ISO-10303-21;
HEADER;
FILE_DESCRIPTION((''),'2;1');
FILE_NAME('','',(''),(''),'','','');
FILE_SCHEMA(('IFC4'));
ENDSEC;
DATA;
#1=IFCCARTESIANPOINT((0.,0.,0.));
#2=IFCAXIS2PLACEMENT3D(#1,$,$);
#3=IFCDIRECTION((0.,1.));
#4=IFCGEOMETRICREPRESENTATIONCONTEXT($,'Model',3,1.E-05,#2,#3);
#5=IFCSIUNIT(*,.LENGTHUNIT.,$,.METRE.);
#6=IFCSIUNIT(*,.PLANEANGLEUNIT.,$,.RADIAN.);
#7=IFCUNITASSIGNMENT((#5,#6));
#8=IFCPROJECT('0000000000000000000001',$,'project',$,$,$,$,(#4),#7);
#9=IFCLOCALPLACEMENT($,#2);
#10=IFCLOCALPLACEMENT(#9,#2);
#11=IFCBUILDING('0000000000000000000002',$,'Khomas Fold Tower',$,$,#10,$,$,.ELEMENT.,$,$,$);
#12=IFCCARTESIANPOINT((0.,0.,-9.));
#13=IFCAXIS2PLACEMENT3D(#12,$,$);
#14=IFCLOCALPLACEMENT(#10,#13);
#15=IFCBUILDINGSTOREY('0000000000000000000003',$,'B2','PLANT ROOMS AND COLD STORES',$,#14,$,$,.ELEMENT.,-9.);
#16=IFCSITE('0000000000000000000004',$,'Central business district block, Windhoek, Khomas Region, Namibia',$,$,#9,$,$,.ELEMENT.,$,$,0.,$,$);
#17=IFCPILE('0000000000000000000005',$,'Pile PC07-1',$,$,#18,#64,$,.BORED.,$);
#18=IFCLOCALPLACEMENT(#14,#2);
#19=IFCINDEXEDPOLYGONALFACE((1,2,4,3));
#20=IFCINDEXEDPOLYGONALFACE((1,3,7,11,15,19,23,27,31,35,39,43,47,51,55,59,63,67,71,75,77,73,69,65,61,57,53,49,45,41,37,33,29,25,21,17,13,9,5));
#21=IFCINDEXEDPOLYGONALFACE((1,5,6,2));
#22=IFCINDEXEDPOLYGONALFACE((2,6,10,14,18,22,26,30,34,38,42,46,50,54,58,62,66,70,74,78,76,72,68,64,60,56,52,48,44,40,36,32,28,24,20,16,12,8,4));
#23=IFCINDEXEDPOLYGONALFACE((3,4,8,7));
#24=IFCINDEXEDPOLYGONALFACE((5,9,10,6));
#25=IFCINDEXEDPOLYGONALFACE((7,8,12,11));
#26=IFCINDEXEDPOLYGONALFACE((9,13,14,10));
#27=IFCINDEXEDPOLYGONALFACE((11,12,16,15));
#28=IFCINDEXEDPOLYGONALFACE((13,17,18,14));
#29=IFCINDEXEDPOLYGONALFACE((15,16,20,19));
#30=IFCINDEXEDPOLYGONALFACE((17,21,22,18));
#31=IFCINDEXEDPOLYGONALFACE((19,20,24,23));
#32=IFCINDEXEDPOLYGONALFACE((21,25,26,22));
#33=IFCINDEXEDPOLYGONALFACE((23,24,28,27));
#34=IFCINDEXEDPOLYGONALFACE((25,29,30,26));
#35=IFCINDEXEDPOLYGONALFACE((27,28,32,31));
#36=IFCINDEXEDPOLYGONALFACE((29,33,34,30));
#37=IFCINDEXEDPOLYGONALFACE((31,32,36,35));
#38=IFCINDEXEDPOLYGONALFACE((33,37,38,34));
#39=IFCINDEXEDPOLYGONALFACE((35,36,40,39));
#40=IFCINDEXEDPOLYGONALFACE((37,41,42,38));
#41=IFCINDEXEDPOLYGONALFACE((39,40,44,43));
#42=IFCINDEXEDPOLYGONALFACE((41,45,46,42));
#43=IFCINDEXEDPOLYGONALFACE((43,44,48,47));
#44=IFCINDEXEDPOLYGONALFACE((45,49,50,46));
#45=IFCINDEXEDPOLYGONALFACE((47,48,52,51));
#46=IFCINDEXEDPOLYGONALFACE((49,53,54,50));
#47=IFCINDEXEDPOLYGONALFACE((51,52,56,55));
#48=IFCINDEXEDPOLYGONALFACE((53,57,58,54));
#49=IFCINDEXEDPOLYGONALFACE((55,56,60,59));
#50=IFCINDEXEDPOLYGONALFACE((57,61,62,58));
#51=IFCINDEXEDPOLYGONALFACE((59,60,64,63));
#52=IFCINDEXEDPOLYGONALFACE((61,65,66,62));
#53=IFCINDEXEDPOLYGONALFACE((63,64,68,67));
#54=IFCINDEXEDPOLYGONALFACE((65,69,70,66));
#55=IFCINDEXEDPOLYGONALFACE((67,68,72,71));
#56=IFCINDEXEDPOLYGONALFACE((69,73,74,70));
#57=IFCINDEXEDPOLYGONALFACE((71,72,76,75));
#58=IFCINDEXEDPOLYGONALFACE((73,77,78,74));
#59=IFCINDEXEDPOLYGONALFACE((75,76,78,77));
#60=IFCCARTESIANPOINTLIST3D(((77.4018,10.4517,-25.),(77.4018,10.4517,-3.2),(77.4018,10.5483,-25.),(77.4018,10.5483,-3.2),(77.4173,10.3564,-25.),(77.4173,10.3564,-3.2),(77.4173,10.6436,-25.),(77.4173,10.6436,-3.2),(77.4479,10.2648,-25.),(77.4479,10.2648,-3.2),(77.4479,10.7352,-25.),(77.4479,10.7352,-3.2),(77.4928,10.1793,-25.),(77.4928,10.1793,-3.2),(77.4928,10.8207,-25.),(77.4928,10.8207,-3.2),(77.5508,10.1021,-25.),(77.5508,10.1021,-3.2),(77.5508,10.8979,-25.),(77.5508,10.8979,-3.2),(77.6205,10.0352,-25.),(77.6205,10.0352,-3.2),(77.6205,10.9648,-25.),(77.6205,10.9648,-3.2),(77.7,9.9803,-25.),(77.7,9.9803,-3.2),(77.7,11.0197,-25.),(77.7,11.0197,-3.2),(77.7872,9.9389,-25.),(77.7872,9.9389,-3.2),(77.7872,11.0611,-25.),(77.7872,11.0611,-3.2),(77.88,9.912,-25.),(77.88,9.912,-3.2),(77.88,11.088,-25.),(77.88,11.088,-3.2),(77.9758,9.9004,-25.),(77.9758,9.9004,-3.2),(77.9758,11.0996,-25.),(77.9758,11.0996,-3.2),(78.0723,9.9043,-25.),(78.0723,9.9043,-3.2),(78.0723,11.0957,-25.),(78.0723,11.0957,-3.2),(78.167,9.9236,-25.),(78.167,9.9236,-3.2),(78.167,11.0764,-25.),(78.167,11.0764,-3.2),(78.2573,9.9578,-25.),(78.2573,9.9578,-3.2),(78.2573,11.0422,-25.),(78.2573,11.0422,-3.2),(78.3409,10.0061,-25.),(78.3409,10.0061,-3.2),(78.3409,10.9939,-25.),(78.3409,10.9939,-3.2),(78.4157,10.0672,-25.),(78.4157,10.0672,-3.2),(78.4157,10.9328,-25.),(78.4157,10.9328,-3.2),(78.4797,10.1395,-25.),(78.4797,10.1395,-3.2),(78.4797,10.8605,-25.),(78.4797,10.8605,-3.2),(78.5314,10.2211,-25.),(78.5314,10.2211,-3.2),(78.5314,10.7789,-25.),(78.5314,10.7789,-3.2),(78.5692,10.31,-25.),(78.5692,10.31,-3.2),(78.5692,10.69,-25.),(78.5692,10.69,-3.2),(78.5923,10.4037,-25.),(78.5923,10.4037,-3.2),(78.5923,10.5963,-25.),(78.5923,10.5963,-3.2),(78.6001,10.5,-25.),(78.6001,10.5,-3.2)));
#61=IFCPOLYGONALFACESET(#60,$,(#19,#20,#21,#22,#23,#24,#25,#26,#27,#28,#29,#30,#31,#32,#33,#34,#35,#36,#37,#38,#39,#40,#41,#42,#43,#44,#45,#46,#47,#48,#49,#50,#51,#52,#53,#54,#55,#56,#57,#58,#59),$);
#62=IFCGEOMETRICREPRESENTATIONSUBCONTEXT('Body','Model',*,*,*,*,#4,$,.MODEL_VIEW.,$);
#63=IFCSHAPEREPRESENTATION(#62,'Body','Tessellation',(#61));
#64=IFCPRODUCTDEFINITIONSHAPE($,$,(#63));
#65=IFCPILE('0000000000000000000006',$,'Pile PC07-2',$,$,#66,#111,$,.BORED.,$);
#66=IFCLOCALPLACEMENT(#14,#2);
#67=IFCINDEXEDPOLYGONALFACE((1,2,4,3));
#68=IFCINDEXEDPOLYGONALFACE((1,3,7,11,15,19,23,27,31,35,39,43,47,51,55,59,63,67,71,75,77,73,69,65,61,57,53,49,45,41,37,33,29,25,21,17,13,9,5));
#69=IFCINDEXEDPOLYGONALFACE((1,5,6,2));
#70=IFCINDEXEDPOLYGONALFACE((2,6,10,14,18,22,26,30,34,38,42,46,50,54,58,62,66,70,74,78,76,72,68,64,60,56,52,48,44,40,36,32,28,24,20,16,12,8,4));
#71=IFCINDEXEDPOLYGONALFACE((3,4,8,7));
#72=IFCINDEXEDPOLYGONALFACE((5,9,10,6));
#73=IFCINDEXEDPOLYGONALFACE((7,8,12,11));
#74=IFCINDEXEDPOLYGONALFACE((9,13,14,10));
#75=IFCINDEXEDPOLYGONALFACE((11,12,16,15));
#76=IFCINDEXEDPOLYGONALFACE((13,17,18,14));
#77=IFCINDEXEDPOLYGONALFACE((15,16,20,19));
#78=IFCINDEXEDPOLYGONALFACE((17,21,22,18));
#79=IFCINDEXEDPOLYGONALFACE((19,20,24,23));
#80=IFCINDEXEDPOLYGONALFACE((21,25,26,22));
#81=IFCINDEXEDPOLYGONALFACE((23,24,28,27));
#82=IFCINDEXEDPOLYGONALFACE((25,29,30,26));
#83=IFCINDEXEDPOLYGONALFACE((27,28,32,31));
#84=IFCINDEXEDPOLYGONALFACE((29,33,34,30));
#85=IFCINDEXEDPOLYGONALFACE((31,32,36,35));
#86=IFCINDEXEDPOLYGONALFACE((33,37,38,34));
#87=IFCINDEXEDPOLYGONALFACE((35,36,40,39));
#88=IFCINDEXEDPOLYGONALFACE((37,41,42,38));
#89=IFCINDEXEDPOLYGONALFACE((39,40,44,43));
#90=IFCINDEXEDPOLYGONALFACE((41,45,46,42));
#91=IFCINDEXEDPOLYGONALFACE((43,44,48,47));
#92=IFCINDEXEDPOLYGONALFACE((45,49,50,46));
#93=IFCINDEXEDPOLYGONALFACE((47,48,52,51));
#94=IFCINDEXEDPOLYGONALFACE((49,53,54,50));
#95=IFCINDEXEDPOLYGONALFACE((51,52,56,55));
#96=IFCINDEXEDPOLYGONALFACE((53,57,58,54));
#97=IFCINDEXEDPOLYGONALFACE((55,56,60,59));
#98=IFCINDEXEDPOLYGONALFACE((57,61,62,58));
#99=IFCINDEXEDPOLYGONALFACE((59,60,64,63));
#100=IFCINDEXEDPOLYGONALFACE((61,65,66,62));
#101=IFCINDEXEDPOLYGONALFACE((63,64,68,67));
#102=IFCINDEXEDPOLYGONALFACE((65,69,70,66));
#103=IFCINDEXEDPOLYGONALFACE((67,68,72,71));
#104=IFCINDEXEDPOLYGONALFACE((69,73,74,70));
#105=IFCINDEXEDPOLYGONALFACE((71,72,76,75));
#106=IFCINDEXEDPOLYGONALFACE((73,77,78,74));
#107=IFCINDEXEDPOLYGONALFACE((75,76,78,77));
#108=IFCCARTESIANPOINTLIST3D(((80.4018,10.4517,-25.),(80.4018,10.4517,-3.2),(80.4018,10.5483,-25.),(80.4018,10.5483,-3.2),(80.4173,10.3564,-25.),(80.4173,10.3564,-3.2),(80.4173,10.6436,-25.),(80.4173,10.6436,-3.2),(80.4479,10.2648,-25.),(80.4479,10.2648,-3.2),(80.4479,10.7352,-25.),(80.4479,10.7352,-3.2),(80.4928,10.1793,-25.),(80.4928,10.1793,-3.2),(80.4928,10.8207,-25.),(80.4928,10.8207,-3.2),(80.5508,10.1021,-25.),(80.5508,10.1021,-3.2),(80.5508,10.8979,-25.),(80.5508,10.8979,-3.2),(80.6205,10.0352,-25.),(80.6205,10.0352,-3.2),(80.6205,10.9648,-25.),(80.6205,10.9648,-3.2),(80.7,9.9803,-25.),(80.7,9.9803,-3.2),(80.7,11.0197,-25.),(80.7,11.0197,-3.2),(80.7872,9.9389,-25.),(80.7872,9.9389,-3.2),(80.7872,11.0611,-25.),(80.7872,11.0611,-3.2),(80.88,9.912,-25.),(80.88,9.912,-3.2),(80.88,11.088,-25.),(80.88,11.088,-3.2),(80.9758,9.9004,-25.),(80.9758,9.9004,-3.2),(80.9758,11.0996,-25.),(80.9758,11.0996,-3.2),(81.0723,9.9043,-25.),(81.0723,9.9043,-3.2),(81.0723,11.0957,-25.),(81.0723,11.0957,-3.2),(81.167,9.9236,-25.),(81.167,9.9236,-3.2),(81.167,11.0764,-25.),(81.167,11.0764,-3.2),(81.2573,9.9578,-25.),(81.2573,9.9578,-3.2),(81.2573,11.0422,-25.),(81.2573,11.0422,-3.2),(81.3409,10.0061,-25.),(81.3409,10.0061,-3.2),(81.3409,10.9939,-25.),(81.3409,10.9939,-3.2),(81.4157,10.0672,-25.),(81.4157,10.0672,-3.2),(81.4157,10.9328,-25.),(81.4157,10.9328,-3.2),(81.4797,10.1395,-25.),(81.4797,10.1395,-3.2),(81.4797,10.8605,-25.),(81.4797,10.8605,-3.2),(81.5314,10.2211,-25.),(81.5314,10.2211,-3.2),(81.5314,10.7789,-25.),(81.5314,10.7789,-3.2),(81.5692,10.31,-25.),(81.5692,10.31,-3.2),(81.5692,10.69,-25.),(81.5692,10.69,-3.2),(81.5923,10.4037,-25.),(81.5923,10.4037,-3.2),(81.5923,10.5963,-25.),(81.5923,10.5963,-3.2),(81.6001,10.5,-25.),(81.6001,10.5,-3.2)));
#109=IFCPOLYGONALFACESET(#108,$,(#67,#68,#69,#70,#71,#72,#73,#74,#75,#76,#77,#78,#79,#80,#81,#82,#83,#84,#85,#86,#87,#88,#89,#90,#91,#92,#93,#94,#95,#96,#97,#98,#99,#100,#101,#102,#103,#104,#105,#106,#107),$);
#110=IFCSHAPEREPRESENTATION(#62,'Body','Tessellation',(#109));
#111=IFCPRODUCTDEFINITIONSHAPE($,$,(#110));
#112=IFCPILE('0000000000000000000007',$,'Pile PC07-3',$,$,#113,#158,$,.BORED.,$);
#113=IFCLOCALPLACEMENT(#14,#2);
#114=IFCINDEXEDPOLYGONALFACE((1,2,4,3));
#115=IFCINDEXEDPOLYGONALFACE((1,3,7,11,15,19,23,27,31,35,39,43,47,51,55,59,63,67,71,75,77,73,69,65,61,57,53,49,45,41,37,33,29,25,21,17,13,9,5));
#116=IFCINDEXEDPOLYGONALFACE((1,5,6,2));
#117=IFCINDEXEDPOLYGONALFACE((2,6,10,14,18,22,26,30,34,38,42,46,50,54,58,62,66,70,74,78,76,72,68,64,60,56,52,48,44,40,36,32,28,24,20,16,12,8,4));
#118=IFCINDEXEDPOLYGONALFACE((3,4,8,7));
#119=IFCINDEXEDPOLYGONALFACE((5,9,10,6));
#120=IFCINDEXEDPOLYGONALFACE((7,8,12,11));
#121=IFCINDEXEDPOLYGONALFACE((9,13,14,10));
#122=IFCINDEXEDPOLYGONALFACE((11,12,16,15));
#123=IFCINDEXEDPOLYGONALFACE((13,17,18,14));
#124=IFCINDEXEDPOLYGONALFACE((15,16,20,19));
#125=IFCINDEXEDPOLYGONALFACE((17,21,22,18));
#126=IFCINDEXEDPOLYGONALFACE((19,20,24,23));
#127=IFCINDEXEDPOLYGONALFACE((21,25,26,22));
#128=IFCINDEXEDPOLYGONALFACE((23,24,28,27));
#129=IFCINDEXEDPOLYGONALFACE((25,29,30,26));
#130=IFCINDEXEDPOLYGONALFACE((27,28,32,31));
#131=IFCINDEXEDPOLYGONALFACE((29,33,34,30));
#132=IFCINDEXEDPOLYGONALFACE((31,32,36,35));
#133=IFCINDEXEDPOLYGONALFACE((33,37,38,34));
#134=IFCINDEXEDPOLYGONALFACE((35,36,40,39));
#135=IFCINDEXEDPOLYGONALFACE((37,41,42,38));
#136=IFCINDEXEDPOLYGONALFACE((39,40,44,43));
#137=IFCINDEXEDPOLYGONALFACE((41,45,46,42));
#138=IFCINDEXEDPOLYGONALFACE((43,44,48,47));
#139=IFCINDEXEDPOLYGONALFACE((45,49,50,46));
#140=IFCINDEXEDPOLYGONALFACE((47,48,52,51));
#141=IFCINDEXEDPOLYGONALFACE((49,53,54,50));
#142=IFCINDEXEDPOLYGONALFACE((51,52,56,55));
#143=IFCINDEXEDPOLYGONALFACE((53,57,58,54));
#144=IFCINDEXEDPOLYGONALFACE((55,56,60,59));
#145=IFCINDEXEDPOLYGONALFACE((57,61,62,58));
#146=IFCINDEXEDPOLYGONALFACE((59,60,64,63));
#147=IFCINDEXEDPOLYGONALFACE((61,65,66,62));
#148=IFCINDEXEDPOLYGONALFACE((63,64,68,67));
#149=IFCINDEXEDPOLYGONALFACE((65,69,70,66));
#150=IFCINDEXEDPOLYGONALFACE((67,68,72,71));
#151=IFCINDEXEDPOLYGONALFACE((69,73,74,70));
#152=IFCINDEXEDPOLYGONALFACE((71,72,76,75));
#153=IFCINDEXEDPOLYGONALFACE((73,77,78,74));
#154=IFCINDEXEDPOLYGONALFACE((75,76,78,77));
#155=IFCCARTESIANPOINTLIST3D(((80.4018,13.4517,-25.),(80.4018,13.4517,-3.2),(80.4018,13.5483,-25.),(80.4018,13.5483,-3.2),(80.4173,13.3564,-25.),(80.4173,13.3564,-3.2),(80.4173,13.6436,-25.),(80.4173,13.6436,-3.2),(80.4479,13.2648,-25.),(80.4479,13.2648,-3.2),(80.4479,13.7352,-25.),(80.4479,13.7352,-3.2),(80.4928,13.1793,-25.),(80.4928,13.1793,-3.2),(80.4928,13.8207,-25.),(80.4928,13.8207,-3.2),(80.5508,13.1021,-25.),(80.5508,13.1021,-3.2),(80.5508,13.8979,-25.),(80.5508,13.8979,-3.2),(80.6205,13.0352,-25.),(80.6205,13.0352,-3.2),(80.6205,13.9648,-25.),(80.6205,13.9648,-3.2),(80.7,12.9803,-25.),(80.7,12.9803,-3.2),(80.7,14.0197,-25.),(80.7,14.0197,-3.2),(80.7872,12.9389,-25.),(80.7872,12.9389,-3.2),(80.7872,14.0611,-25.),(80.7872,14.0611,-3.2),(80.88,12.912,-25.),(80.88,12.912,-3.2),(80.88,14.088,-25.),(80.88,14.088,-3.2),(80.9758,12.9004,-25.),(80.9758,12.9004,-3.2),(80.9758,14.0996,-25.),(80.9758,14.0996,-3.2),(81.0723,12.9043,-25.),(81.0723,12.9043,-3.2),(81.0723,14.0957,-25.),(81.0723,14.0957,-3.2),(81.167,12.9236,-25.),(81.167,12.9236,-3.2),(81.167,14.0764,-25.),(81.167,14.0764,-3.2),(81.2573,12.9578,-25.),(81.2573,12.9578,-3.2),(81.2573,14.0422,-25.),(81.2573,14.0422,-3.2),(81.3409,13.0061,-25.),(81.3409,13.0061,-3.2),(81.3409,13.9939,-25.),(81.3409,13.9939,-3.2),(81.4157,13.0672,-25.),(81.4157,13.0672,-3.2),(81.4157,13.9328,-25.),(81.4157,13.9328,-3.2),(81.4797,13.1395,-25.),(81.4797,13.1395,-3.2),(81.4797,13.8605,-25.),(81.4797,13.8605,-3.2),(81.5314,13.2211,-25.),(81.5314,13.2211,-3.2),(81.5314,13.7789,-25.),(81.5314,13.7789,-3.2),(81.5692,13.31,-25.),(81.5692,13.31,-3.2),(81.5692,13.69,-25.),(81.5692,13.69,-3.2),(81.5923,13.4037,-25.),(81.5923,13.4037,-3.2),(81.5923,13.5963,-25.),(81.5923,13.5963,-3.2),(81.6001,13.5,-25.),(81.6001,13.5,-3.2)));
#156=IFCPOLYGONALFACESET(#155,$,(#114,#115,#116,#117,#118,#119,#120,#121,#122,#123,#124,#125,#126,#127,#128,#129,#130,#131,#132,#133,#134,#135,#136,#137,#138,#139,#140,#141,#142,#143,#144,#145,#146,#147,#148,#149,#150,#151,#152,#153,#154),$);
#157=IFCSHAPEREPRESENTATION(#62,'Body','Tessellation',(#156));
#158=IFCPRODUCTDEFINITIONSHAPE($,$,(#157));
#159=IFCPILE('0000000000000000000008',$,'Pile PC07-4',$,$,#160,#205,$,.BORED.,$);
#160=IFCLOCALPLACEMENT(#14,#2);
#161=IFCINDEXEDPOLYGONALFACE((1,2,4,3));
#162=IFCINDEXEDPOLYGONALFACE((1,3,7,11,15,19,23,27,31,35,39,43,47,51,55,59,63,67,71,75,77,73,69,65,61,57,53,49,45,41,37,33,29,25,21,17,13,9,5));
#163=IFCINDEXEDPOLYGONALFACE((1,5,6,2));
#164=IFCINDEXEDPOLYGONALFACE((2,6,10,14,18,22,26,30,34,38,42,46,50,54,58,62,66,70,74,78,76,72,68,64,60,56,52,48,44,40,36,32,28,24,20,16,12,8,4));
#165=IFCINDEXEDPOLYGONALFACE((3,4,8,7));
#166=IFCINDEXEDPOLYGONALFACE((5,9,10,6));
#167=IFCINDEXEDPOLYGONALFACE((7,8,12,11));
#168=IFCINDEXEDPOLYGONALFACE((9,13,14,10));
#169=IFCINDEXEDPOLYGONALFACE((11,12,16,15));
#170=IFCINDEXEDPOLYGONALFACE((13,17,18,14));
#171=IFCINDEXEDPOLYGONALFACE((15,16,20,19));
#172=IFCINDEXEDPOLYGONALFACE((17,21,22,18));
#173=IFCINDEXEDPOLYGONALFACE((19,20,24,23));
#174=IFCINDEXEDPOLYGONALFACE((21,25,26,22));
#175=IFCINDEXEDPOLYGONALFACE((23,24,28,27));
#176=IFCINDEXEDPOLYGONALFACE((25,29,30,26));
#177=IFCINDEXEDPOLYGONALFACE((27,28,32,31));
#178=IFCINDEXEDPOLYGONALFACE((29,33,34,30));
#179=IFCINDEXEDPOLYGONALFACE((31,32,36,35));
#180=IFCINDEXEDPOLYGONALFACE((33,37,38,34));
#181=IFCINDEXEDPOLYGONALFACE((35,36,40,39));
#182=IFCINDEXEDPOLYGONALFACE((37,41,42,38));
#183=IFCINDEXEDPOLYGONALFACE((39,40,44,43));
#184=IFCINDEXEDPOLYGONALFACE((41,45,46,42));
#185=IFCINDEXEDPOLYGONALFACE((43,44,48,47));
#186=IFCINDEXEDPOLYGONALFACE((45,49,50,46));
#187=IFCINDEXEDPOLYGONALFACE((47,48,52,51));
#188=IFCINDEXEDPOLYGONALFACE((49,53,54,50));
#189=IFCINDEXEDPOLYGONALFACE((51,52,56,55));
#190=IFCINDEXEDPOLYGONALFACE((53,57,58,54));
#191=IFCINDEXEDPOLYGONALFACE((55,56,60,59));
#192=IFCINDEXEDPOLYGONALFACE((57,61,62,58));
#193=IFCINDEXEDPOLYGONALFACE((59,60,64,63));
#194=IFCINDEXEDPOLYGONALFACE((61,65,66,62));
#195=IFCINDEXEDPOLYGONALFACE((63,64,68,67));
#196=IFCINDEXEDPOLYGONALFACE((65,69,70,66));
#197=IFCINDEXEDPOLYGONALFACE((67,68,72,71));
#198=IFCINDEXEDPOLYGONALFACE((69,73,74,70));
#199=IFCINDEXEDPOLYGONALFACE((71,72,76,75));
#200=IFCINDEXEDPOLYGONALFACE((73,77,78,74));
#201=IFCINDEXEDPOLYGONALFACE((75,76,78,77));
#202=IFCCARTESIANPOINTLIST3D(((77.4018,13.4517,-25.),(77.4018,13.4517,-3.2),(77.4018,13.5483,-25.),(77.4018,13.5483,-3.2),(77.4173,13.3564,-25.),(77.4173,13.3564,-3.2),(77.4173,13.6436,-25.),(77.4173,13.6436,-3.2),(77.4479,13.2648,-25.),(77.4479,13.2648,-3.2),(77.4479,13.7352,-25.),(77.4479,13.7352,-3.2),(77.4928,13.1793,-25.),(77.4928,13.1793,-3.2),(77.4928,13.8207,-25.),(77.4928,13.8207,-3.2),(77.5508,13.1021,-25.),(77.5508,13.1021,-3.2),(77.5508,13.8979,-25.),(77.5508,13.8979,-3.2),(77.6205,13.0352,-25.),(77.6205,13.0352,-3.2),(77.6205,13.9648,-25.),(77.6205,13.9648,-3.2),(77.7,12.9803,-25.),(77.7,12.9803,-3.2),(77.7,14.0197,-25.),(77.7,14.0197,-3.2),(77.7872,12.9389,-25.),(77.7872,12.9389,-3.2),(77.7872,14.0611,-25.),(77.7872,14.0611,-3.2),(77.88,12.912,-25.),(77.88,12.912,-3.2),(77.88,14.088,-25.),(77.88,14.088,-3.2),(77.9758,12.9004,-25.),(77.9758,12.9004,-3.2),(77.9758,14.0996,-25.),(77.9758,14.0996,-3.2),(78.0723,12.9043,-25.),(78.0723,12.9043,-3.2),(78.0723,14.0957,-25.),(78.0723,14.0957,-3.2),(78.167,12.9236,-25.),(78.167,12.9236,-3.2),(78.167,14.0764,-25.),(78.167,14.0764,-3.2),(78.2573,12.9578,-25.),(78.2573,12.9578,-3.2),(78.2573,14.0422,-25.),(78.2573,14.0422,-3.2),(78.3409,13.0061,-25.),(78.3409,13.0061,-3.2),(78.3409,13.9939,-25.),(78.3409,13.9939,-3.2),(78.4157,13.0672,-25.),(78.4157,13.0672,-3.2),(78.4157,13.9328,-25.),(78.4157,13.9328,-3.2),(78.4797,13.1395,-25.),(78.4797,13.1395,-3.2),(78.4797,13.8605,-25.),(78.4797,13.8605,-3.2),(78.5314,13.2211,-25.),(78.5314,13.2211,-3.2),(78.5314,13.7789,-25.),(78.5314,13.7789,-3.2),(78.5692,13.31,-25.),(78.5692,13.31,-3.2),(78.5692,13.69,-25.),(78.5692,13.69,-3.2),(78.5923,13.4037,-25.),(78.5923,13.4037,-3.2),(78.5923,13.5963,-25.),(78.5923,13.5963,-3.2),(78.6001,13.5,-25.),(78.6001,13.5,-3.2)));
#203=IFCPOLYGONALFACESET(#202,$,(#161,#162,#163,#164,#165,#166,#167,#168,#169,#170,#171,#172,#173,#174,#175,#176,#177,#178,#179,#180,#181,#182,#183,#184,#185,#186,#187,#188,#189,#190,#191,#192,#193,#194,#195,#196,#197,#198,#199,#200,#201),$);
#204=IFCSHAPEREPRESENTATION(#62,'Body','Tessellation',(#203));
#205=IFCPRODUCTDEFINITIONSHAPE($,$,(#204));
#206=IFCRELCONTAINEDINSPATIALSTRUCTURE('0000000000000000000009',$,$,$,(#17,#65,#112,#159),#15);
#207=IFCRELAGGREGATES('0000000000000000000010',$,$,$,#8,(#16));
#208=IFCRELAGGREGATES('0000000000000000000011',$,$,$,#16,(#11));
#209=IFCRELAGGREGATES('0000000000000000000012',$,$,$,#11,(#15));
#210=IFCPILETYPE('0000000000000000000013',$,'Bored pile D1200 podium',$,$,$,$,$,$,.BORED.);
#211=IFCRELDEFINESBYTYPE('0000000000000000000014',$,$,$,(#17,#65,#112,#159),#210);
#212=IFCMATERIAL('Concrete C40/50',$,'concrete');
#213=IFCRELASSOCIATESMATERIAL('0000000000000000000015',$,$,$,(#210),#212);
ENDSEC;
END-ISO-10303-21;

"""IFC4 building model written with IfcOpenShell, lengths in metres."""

from ifc_helpers import new_model, si_unit, direction, frame, origin, origin_2d, place, context, subcontext, project, spatial, circle, extrude, source, transform, mapped, material, material_profile, profile_set, type_object, element, save


model = new_model("IFC4")

# Units and contexts
model_context = context("Model", 3, precision=1e-05, world=origin(), true_north=direction((0.0, 1.0)))
body_context = subcontext(model_context, "Body", "Model", "MODEL_VIEW")
ifc_project = project(units=[si_unit("LENGTHUNIT", "METRE"), si_unit("PLANEANGLEUNIT", "RADIAN")], contexts=[model_context])

# Site, building, storey
site_placement = place(None, origin())
site = spatial("IfcSite", under=ifc_project, at=site_placement, Name="Central business district block, Windhoek, Khomas Region, Namibia", CompositionType="ELEMENT", RefElevation=0.0)
building_placement = place(site_placement, origin())
building = spatial("IfcBuilding", under=site, at=building_placement, Name="Khomas Fold Tower", CompositionType="ELEMENT")
storey_placement = place(building_placement, frame((0.0, 0.0, -9.0)))
storey = spatial("IfcBuildingStorey", under=building, at=storey_placement, Name="B2", Description="PLANT ROOMS AND COLD STORES", CompositionType="ELEMENT", Elevation=-9.0)

# Piles
ifc_material_1 = material(Name="Concrete C40/50", Category="concrete")
ifc_material_profile_1 = material_profile(ifc_material_1, circle(Radius=0.6001, at=origin_2d()), Name="PILE D1200")
ifc_profile_set_1 = profile_set([ifc_material_profile_1], Name="Concrete C40/50")
pile_type = type_object("IfcPileType", Name="Bored pile D1200 podium", PredefinedType="BORED", material=ifc_profile_set_1)
shared_shape_1 = source(origin(), body_context, "Body", "SweptSolid", [
    extrude(circle(Radius=0.6001, at=origin_2d()), origin(), (0.0, 0.0, 1.0), 21.8),
])
for number, where, z_axis, x_axis, name in (
    (1, (78.0, 10.5, -3.2), (0.0, 0.0, -1.0), (1.0, 0.0, 0.0), "Pile PC07-1"),
    (2, (81.0, 10.5, -3.2), (0.0, 0.0, -1.0), (1.0, 0.0, 0.0), "Pile PC07-2"),
    (3, (81.0, 13.5, -3.2), (0.0, 0.0, -1.0), (1.0, 0.0, 0.0), "Pile PC07-3"),
    (4, (78.0, 13.5, -3.2), (0.0, 0.0, -1.0), (1.0, 0.0, 0.0), "Pile PC07-4"),
):
    element("IfcPile", number, at=place(storey_placement, frame(where, z_axis=z_axis, x_axis=x_axis)), inside=storey, type_object=pile_type, Name=name, PredefinedType="BORED", context=body_context, shape_type="MappedRepresentation", body=[
        mapped(shared_shape_1, transform((0.0, 0.0, 0.0))),
    ])

save(model, "model.ifc")
